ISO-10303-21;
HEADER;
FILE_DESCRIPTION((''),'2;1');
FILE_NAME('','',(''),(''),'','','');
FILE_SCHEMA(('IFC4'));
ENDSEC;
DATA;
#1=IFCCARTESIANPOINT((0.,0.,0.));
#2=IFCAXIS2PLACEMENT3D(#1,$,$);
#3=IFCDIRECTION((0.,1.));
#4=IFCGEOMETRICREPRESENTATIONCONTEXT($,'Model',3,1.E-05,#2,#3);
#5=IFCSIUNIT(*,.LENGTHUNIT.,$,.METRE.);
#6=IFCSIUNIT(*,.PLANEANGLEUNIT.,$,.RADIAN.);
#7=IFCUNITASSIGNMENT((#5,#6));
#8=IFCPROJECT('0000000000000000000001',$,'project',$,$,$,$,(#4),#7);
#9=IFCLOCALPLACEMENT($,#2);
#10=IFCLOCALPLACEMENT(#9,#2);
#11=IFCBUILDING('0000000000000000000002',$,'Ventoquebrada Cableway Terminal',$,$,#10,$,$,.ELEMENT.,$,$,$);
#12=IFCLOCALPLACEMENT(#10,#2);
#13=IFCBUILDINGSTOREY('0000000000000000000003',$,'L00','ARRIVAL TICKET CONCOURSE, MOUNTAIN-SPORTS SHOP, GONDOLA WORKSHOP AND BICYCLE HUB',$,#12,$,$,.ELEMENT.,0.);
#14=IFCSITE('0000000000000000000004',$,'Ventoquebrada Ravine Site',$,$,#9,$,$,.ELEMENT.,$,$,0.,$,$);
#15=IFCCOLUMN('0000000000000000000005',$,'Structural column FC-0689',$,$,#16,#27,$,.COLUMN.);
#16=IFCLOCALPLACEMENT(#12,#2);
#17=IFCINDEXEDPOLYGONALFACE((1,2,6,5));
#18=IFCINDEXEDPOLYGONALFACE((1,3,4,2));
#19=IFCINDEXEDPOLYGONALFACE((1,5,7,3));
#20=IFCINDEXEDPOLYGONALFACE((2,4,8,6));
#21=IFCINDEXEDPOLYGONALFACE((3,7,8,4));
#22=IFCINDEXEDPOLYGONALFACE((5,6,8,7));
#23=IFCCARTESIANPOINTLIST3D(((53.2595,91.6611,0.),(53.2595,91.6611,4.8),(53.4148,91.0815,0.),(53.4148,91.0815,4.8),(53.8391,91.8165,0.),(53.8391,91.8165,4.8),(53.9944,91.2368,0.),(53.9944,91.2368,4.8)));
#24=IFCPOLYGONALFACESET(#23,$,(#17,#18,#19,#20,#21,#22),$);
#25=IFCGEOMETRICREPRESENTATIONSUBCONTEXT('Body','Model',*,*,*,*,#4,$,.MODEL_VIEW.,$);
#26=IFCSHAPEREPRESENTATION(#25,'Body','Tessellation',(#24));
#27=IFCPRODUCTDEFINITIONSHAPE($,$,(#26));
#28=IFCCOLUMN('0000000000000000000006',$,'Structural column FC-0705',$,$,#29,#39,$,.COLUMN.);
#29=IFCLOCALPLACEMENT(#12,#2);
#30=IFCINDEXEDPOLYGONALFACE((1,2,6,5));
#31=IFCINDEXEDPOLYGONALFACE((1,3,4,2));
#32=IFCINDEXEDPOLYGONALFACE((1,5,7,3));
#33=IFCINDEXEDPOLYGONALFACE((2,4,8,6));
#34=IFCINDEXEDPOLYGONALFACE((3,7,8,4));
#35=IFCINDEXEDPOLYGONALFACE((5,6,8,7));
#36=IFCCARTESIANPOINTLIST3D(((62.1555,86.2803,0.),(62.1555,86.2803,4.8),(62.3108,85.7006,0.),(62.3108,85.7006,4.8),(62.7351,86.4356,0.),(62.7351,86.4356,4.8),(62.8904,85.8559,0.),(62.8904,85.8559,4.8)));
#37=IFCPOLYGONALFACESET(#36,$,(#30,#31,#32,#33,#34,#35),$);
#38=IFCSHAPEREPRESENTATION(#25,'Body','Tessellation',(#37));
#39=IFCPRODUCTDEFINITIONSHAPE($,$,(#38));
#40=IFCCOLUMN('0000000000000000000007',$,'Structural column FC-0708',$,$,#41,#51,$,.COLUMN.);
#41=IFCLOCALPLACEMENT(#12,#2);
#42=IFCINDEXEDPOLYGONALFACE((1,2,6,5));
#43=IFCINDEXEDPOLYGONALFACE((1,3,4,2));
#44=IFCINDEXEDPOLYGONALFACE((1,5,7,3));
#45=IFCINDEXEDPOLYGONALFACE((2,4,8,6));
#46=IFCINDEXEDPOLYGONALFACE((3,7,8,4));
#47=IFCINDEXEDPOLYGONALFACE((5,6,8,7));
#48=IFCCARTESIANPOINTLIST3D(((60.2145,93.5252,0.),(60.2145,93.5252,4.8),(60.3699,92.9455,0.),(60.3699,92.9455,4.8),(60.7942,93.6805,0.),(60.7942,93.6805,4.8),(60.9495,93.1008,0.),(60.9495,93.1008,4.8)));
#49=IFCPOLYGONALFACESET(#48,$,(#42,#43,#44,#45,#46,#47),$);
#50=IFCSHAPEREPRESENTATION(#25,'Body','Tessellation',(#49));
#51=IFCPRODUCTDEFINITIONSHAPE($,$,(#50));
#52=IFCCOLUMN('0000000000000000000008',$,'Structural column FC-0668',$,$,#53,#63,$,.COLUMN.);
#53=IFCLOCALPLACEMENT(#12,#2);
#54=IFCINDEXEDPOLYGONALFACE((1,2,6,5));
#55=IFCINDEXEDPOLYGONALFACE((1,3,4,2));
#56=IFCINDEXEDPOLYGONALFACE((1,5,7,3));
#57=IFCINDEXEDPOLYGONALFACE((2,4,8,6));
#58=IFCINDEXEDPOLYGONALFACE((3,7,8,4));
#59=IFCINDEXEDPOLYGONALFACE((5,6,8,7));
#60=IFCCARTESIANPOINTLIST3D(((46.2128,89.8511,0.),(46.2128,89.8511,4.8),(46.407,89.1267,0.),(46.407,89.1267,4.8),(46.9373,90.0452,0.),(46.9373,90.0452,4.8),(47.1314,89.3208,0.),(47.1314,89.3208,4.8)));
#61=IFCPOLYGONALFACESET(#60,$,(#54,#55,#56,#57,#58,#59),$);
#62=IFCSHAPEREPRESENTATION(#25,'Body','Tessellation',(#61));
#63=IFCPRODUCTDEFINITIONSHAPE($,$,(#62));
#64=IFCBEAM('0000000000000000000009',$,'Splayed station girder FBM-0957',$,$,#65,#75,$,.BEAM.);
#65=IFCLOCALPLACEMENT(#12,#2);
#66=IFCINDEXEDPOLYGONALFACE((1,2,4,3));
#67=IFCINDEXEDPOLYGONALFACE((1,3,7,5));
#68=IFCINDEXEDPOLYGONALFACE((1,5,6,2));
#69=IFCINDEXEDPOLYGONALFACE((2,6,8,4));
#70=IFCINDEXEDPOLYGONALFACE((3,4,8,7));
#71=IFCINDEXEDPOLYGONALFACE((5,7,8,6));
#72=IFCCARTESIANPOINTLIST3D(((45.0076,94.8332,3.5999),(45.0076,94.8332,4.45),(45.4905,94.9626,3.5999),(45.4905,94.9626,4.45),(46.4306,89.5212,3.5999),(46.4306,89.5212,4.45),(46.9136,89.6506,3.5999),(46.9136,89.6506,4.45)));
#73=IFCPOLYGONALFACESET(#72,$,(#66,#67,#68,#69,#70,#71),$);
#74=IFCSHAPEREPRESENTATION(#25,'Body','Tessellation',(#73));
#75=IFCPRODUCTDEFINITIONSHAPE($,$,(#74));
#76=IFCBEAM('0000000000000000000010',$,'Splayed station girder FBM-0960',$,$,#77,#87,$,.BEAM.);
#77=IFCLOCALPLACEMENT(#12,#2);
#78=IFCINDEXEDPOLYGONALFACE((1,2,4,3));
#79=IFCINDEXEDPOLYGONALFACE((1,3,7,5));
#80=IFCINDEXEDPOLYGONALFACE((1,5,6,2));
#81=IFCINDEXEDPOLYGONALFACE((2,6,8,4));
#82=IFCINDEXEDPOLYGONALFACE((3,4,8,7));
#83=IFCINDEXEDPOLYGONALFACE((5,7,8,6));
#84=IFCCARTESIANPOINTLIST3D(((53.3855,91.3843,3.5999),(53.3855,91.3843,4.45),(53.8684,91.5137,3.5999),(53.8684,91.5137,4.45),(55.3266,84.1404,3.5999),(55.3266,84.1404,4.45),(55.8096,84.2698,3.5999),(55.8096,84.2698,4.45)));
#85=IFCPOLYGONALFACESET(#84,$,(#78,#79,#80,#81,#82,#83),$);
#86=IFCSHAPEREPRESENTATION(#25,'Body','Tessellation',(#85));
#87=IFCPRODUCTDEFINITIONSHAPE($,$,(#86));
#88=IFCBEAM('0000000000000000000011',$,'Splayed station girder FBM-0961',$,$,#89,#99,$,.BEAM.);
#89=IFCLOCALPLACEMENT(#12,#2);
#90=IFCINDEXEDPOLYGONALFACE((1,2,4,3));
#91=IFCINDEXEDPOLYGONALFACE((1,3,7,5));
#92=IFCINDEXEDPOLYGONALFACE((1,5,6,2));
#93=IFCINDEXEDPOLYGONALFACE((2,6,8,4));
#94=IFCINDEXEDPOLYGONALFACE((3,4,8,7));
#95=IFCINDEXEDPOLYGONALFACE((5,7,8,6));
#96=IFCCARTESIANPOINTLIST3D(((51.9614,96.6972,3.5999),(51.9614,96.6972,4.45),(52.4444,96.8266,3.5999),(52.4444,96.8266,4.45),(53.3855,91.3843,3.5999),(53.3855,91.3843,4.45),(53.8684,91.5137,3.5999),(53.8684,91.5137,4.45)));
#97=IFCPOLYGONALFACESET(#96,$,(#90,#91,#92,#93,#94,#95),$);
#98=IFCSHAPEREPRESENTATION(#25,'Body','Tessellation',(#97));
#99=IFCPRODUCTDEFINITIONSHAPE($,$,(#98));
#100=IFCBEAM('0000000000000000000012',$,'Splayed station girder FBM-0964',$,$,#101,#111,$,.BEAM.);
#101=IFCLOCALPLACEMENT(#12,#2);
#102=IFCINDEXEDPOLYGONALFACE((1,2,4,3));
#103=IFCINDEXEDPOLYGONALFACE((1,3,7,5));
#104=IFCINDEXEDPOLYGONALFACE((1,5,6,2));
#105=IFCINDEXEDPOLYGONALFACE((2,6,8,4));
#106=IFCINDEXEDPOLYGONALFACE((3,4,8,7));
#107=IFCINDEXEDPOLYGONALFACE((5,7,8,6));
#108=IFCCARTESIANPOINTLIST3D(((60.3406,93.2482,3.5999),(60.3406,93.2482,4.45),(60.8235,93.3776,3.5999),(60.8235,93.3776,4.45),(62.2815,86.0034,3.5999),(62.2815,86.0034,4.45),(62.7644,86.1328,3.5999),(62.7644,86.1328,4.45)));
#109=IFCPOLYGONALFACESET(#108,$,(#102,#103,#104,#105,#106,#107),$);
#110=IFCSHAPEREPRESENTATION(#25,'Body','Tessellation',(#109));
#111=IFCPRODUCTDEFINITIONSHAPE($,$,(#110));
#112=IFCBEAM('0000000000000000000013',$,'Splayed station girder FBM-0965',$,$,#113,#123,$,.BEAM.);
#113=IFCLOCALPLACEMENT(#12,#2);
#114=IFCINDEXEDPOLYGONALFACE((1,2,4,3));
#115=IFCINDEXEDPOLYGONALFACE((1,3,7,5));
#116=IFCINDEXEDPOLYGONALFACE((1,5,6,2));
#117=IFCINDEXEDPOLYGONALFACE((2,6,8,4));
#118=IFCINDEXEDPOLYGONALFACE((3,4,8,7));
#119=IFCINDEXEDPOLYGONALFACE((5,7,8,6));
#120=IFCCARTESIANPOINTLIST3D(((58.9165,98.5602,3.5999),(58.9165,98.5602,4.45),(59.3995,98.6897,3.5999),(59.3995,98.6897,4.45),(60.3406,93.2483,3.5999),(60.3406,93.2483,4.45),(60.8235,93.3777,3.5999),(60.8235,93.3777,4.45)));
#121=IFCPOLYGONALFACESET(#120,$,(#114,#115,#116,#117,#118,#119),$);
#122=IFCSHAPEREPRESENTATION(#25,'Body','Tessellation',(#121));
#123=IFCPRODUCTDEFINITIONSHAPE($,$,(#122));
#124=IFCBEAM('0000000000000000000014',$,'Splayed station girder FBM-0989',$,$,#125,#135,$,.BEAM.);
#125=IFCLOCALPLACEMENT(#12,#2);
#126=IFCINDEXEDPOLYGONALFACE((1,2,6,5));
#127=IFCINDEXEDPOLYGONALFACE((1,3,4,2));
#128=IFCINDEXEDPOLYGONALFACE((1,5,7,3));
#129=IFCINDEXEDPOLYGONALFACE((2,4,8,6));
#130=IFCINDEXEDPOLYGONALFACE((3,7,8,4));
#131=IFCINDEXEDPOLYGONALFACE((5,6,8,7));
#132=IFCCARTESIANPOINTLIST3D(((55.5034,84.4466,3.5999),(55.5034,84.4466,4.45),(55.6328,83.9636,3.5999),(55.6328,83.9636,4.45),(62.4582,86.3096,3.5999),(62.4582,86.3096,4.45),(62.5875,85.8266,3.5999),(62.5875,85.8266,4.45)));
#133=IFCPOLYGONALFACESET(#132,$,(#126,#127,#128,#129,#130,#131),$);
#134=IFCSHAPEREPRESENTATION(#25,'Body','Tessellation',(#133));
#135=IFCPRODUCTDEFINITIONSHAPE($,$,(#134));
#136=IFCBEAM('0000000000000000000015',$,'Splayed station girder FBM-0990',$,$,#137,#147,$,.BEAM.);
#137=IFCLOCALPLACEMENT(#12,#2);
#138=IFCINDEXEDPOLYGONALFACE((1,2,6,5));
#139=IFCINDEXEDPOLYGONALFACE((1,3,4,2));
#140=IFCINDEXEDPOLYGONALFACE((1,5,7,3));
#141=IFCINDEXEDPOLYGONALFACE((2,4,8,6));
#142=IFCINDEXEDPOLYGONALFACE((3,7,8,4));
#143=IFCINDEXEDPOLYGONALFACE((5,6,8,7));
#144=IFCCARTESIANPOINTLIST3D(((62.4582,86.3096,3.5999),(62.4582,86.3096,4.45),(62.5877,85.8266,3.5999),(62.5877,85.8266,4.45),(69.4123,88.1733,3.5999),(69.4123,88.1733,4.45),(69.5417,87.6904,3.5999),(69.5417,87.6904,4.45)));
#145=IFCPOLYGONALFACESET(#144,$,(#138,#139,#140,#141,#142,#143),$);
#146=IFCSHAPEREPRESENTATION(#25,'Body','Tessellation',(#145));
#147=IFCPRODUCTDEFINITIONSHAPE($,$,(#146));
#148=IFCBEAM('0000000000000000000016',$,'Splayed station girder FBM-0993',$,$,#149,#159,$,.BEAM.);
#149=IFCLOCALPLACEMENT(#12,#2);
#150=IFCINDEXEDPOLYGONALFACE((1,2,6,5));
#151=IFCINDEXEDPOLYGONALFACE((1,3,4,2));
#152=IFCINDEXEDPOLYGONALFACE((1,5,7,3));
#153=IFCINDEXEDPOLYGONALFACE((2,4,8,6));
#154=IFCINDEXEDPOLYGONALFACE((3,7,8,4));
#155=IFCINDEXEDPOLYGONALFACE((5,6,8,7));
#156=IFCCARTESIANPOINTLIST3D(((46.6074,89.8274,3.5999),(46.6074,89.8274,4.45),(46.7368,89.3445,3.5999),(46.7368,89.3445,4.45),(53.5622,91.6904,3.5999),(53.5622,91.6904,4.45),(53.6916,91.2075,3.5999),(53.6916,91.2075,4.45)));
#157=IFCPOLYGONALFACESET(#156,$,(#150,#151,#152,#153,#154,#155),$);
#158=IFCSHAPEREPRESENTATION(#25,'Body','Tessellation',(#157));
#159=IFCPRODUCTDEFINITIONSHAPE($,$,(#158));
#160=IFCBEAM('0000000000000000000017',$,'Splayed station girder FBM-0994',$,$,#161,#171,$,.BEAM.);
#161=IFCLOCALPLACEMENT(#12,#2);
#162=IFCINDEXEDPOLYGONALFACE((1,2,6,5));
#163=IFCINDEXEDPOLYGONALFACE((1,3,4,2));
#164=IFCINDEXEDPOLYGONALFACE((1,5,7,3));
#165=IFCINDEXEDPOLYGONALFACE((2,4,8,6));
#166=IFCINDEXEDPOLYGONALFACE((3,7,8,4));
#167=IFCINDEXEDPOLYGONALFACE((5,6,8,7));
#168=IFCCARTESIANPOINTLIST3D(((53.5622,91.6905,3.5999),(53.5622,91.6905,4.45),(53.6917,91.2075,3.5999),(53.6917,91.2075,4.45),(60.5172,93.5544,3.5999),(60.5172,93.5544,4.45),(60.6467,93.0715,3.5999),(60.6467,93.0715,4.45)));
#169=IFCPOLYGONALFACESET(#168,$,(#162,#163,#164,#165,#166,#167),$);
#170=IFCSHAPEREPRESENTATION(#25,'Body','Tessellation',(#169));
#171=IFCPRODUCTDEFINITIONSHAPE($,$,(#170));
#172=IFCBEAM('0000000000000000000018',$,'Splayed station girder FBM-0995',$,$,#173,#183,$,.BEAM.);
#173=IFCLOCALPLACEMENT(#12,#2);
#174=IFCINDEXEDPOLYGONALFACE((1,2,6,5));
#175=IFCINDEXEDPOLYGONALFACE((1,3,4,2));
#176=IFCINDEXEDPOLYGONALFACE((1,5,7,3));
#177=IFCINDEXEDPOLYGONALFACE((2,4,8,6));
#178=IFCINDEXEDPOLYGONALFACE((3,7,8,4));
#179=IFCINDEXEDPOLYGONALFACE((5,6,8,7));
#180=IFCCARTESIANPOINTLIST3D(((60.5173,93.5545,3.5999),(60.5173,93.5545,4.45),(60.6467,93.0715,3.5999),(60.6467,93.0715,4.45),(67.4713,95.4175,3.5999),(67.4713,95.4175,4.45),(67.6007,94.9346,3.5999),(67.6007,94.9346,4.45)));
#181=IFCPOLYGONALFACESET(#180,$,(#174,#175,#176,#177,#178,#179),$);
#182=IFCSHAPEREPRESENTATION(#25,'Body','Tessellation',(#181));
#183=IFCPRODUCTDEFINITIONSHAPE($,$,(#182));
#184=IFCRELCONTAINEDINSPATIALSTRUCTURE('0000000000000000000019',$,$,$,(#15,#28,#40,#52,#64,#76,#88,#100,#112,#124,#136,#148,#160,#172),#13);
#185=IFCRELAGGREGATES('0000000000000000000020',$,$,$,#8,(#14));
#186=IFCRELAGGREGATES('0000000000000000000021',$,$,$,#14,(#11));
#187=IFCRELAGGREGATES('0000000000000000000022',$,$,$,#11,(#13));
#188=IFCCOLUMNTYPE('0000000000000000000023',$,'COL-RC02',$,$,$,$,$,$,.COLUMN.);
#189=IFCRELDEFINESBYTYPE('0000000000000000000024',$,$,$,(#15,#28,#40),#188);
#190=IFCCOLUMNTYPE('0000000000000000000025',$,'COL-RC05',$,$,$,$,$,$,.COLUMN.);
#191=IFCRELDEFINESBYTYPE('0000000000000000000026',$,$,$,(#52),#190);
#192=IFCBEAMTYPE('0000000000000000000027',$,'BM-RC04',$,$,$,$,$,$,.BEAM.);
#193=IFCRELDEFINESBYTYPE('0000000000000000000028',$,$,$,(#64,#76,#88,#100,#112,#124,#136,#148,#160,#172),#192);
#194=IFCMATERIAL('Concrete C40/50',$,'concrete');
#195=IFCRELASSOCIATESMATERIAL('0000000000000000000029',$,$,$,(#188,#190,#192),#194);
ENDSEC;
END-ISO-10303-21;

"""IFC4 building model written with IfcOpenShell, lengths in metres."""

from ifc_helpers import new_model, si_unit, direction, frame, origin, origin_2d, place, context, subcontext, project, spatial, rectangle, extrude, material, material_profile, profile_set, type_object, element, save


model = new_model("IFC4")

# Units and contexts
model_context = context("Model", 3, precision=1e-05, world=origin(), true_north=direction((0.0, 1.0)))
body_context = subcontext(model_context, "Body", "Model", "MODEL_VIEW")
ifc_project = project(units=[si_unit("LENGTHUNIT", "METRE"), si_unit("PLANEANGLEUNIT", "RADIAN")], contexts=[model_context])

# Site, building, storey
site_placement = place(None, origin())
site = spatial("IfcSite", under=ifc_project, at=site_placement, Name="Ventoquebrada Ravine Site", CompositionType="ELEMENT", RefElevation=0.0)
building_placement = place(site_placement, origin())
building = spatial("IfcBuilding", under=site, at=building_placement, Name="Ventoquebrada Cableway Terminal", CompositionType="ELEMENT")
storey_placement = place(building_placement, origin())
storey = spatial("IfcBuildingStorey", under=building, at=storey_placement, Name="L00", Description="ARRIVAL TICKET CONCOURSE, MOUNTAIN-SPORTS SHOP, GONDOLA WORKSHOP AND BICYCLE HUB", CompositionType="ELEMENT", Elevation=0.0)

# Columns
ifc_material_1 = material(Name="Concrete C40/50", Category="concrete")
ifc_material_profile_1 = material_profile(ifc_material_1, rectangle(XDim=0.6001, YDim=0.6001, at=origin_2d()), Name="RC-COL-600X600")
ifc_profile_set_1 = profile_set([ifc_material_profile_1], Name="Concrete C40/50")
column_type_1 = type_object("IfcColumnType", Name="COL-RC02", PredefinedType="COLUMN", material=ifc_profile_set_1)
for number, where, z_axis, x_axis, name in (
    (1, (53.627, 91.449, 0.0), (0.0, 0.0, 1.0), (0.965926, 0.258819, 0.0), "Structural column FC-0689"),
    (2, (62.5229, 86.0681, 0.0), (0.0, 0.0, 1.0), (0.965926, 0.258819, 0.0), "Structural column FC-0705"),
    (3, (60.582, 93.313, 0.0), (0.0, 0.0, 1.0), (0.965926, 0.258819, 0.0), "Structural column FC-0708"),
):
    element("IfcColumn", number, at=place(storey_placement, frame(where, z_axis=z_axis, x_axis=x_axis)), inside=storey, type_object=column_type_1, Name=name, PredefinedType="COLUMN", context=body_context, shape_type="SweptSolid", body=[
        extrude(rectangle(XDim=0.6001, YDim=0.6001, at=origin_2d()), origin(), (0.0, 0.0, 1.0), 4.8),
    ])
ifc_material_profile_2 = material_profile(ifc_material_1, rectangle(XDim=0.75, YDim=0.75, at=origin_2d()), Name="RC-COL-750X750")
ifc_profile_set_2 = profile_set([ifc_material_profile_2], Name="Concrete C40/50")
column_type_2 = type_object("IfcColumnType", Name="COL-RC05", PredefinedType="COLUMN", material=ifc_profile_set_2)
column_placement = place(storey_placement, frame((46.6721, 89.5859, 0.0), z_axis=(0.0, 0.0, 1.0), x_axis=(0.965926, 0.258819, 0.0)))
element("IfcColumn", 4, at=column_placement, inside=storey, type_object=column_type_2, Name="Structural column FC-0668", PredefinedType="COLUMN", context=body_context, shape_type="SweptSolid", body=[
    extrude(rectangle(XDim=0.75, YDim=0.75, at=origin_2d()), origin(), (0.0, 0.0, 1.0), 4.8),
])

# Beams
ifc_material_profile_3 = material_profile(ifc_material_1, rectangle(XDim=0.5, YDim=0.8501, at=origin_2d()), Name="RC-BM-500X850")
ifc_profile_set_3 = profile_set([ifc_material_profile_3], Name="Concrete C40/50")
beam_type_1 = type_object("IfcBeamType", Name="BM-RC04", PredefinedType="BEAM", material=ifc_profile_set_3)
beam_1_placement = place(storey_placement, frame((46.6721, 89.5859, 4.0249), z_axis=(-0.258776, 0.965937, 0.0), x_axis=(-0.965937, -0.258776, 0.0)))
element("IfcBeam", 5, at=beam_1_placement, inside=storey, type_object=beam_type_1, Name="Splayed station girder FBM-0957", PredefinedType="BEAM", context=body_context, shape_type="SweptSolid", body=[
    extrude(rectangle(XDim=0.5, YDim=0.8501, at=origin_2d()), origin(), (0.0, 0.0, 1.0), 5.4993),
])
beam_2_placement = place(storey_placement, frame((55.5681, 84.2051, 4.0249), z_axis=(-0.25884, 0.96592, 0.0), x_axis=(-0.96592, -0.25884, 0.0)))
element("IfcBeam", 6, at=beam_2_placement, inside=storey, type_object=beam_type_1, Name="Splayed station girder FBM-0960", PredefinedType="BEAM", context=body_context, shape_type="SweptSolid", body=[
    extrude(rectangle(XDim=0.5, YDim=0.8501, at=origin_2d()), origin(), (0.0, 0.0, 1.0), 7.4995),
])
beam_3_placement = place(storey_placement, frame((53.627, 91.449, 4.0249), z_axis=(-0.258897, 0.965905, 0.0), x_axis=(-0.965905, -0.258897, 0.0)))
element("IfcBeam", 7, at=beam_3_placement, inside=storey, type_object=beam_type_1, Name="Splayed station girder FBM-0961", PredefinedType="BEAM", context=body_context, shape_type="SweptSolid", body=[
    extrude(rectangle(XDim=0.5, YDim=0.8501, at=origin_2d()), origin(), (0.0, 0.0, 1.0), 5.5005),
])
beam_4_placement = place(storey_placement, frame((62.5229, 86.0681, 4.0249), z_axis=(-0.258777, 0.965937, 0.0), x_axis=(-0.965937, -0.258777, 0.0)))
element("IfcBeam", 8, at=beam_4_placement, inside=storey, type_object=beam_type_1, Name="Splayed station girder FBM-0964", PredefinedType="BEAM", context=body_context, shape_type="SweptSolid", body=[
    extrude(rectangle(XDim=0.5, YDim=0.8501, at=origin_2d()), origin(), (0.0, 0.0, 1.0), 7.5002),
])
beam_5_placement = place(storey_placement, frame((60.582, 93.313, 4.0249), z_axis=(-0.258942, 0.965893, 0.0), x_axis=(-0.965893, -0.258942, 0.0)))
element("IfcBeam", 9, at=beam_5_placement, inside=storey, type_object=beam_type_1, Name="Splayed station girder FBM-0965", PredefinedType="BEAM", context=body_context, shape_type="SweptSolid", body=[
    extrude(rectangle(XDim=0.5, YDim=0.8501, at=origin_2d()), origin(), (0.0, 0.0, 1.0), 5.4995),
])
beam_6_placement = place(storey_placement, frame((55.5681, 84.2051, 4.0249), z_axis=(0.965943, 0.258754, 0.0), x_axis=(-0.258754, 0.965943, 0.0)))
element("IfcBeam", 10, at=beam_6_placement, inside=storey, type_object=beam_type_1, Name="Splayed station girder FBM-0989", PredefinedType="BEAM", context=body_context, shape_type="SweptSolid", body=[
    extrude(rectangle(XDim=0.5, YDim=0.8501, at=origin_2d()), origin(), (0.0, 0.0, 1.0), 7.2),
])
beam_7_placement = place(storey_placement, frame((62.5229, 86.0681, 4.0249), z_axis=(0.965911, 0.258874, 0.0), x_axis=(-0.258874, 0.965911, 0.0)))
element("IfcBeam", 11, at=beam_7_placement, inside=storey, type_object=beam_type_1, Name="Splayed station girder FBM-0990", PredefinedType="BEAM", context=body_context, shape_type="SweptSolid", body=[
    extrude(rectangle(XDim=0.5, YDim=0.8501, at=origin_2d()), origin(), (0.0, 0.0, 1.0), 7.1995),
])
beam_8_placement = place(storey_placement, frame((46.6721, 89.5859, 4.0249), z_axis=(0.965943, 0.258754, 0.0), x_axis=(-0.258754, 0.965943, 0.0)))
element("IfcBeam", 12, at=beam_8_placement, inside=storey, type_object=beam_type_1, Name="Splayed station girder FBM-0993", PredefinedType="BEAM", context=body_context, shape_type="SweptSolid", body=[
    extrude(rectangle(XDim=0.5, YDim=0.8501, at=origin_2d()), origin(), (0.0, 0.0, 1.0), 7.2),
])
beam_9_placement = place(storey_placement, frame((53.627, 91.449, 4.0249), z_axis=(0.965912, 0.258872, 0.0), x_axis=(-0.258872, 0.965912, 0.0)))
element("IfcBeam", 13, at=beam_9_placement, inside=storey, type_object=beam_type_1, Name="Splayed station girder FBM-0994", PredefinedType="BEAM", context=body_context, shape_type="SweptSolid", body=[
    extrude(rectangle(XDim=0.5, YDim=0.8501, at=origin_2d()), origin(), (0.0, 0.0, 1.0), 7.2004),
])
beam_10_placement = place(storey_placement, frame((60.582, 93.313, 4.0249), z_axis=(0.965934, 0.258788, 0.0), x_axis=(-0.258788, 0.965934, 0.0)))
element("IfcBeam", 14, at=beam_10_placement, inside=storey, type_object=beam_type_1, Name="Splayed station girder FBM-0995", PredefinedType="BEAM", context=body_context, shape_type="SweptSolid", body=[
    extrude(rectangle(XDim=0.5, YDim=0.8501, at=origin_2d()), origin(), (0.0, 0.0, 1.0), 7.1992),
])

save(model, "model.ifc")
